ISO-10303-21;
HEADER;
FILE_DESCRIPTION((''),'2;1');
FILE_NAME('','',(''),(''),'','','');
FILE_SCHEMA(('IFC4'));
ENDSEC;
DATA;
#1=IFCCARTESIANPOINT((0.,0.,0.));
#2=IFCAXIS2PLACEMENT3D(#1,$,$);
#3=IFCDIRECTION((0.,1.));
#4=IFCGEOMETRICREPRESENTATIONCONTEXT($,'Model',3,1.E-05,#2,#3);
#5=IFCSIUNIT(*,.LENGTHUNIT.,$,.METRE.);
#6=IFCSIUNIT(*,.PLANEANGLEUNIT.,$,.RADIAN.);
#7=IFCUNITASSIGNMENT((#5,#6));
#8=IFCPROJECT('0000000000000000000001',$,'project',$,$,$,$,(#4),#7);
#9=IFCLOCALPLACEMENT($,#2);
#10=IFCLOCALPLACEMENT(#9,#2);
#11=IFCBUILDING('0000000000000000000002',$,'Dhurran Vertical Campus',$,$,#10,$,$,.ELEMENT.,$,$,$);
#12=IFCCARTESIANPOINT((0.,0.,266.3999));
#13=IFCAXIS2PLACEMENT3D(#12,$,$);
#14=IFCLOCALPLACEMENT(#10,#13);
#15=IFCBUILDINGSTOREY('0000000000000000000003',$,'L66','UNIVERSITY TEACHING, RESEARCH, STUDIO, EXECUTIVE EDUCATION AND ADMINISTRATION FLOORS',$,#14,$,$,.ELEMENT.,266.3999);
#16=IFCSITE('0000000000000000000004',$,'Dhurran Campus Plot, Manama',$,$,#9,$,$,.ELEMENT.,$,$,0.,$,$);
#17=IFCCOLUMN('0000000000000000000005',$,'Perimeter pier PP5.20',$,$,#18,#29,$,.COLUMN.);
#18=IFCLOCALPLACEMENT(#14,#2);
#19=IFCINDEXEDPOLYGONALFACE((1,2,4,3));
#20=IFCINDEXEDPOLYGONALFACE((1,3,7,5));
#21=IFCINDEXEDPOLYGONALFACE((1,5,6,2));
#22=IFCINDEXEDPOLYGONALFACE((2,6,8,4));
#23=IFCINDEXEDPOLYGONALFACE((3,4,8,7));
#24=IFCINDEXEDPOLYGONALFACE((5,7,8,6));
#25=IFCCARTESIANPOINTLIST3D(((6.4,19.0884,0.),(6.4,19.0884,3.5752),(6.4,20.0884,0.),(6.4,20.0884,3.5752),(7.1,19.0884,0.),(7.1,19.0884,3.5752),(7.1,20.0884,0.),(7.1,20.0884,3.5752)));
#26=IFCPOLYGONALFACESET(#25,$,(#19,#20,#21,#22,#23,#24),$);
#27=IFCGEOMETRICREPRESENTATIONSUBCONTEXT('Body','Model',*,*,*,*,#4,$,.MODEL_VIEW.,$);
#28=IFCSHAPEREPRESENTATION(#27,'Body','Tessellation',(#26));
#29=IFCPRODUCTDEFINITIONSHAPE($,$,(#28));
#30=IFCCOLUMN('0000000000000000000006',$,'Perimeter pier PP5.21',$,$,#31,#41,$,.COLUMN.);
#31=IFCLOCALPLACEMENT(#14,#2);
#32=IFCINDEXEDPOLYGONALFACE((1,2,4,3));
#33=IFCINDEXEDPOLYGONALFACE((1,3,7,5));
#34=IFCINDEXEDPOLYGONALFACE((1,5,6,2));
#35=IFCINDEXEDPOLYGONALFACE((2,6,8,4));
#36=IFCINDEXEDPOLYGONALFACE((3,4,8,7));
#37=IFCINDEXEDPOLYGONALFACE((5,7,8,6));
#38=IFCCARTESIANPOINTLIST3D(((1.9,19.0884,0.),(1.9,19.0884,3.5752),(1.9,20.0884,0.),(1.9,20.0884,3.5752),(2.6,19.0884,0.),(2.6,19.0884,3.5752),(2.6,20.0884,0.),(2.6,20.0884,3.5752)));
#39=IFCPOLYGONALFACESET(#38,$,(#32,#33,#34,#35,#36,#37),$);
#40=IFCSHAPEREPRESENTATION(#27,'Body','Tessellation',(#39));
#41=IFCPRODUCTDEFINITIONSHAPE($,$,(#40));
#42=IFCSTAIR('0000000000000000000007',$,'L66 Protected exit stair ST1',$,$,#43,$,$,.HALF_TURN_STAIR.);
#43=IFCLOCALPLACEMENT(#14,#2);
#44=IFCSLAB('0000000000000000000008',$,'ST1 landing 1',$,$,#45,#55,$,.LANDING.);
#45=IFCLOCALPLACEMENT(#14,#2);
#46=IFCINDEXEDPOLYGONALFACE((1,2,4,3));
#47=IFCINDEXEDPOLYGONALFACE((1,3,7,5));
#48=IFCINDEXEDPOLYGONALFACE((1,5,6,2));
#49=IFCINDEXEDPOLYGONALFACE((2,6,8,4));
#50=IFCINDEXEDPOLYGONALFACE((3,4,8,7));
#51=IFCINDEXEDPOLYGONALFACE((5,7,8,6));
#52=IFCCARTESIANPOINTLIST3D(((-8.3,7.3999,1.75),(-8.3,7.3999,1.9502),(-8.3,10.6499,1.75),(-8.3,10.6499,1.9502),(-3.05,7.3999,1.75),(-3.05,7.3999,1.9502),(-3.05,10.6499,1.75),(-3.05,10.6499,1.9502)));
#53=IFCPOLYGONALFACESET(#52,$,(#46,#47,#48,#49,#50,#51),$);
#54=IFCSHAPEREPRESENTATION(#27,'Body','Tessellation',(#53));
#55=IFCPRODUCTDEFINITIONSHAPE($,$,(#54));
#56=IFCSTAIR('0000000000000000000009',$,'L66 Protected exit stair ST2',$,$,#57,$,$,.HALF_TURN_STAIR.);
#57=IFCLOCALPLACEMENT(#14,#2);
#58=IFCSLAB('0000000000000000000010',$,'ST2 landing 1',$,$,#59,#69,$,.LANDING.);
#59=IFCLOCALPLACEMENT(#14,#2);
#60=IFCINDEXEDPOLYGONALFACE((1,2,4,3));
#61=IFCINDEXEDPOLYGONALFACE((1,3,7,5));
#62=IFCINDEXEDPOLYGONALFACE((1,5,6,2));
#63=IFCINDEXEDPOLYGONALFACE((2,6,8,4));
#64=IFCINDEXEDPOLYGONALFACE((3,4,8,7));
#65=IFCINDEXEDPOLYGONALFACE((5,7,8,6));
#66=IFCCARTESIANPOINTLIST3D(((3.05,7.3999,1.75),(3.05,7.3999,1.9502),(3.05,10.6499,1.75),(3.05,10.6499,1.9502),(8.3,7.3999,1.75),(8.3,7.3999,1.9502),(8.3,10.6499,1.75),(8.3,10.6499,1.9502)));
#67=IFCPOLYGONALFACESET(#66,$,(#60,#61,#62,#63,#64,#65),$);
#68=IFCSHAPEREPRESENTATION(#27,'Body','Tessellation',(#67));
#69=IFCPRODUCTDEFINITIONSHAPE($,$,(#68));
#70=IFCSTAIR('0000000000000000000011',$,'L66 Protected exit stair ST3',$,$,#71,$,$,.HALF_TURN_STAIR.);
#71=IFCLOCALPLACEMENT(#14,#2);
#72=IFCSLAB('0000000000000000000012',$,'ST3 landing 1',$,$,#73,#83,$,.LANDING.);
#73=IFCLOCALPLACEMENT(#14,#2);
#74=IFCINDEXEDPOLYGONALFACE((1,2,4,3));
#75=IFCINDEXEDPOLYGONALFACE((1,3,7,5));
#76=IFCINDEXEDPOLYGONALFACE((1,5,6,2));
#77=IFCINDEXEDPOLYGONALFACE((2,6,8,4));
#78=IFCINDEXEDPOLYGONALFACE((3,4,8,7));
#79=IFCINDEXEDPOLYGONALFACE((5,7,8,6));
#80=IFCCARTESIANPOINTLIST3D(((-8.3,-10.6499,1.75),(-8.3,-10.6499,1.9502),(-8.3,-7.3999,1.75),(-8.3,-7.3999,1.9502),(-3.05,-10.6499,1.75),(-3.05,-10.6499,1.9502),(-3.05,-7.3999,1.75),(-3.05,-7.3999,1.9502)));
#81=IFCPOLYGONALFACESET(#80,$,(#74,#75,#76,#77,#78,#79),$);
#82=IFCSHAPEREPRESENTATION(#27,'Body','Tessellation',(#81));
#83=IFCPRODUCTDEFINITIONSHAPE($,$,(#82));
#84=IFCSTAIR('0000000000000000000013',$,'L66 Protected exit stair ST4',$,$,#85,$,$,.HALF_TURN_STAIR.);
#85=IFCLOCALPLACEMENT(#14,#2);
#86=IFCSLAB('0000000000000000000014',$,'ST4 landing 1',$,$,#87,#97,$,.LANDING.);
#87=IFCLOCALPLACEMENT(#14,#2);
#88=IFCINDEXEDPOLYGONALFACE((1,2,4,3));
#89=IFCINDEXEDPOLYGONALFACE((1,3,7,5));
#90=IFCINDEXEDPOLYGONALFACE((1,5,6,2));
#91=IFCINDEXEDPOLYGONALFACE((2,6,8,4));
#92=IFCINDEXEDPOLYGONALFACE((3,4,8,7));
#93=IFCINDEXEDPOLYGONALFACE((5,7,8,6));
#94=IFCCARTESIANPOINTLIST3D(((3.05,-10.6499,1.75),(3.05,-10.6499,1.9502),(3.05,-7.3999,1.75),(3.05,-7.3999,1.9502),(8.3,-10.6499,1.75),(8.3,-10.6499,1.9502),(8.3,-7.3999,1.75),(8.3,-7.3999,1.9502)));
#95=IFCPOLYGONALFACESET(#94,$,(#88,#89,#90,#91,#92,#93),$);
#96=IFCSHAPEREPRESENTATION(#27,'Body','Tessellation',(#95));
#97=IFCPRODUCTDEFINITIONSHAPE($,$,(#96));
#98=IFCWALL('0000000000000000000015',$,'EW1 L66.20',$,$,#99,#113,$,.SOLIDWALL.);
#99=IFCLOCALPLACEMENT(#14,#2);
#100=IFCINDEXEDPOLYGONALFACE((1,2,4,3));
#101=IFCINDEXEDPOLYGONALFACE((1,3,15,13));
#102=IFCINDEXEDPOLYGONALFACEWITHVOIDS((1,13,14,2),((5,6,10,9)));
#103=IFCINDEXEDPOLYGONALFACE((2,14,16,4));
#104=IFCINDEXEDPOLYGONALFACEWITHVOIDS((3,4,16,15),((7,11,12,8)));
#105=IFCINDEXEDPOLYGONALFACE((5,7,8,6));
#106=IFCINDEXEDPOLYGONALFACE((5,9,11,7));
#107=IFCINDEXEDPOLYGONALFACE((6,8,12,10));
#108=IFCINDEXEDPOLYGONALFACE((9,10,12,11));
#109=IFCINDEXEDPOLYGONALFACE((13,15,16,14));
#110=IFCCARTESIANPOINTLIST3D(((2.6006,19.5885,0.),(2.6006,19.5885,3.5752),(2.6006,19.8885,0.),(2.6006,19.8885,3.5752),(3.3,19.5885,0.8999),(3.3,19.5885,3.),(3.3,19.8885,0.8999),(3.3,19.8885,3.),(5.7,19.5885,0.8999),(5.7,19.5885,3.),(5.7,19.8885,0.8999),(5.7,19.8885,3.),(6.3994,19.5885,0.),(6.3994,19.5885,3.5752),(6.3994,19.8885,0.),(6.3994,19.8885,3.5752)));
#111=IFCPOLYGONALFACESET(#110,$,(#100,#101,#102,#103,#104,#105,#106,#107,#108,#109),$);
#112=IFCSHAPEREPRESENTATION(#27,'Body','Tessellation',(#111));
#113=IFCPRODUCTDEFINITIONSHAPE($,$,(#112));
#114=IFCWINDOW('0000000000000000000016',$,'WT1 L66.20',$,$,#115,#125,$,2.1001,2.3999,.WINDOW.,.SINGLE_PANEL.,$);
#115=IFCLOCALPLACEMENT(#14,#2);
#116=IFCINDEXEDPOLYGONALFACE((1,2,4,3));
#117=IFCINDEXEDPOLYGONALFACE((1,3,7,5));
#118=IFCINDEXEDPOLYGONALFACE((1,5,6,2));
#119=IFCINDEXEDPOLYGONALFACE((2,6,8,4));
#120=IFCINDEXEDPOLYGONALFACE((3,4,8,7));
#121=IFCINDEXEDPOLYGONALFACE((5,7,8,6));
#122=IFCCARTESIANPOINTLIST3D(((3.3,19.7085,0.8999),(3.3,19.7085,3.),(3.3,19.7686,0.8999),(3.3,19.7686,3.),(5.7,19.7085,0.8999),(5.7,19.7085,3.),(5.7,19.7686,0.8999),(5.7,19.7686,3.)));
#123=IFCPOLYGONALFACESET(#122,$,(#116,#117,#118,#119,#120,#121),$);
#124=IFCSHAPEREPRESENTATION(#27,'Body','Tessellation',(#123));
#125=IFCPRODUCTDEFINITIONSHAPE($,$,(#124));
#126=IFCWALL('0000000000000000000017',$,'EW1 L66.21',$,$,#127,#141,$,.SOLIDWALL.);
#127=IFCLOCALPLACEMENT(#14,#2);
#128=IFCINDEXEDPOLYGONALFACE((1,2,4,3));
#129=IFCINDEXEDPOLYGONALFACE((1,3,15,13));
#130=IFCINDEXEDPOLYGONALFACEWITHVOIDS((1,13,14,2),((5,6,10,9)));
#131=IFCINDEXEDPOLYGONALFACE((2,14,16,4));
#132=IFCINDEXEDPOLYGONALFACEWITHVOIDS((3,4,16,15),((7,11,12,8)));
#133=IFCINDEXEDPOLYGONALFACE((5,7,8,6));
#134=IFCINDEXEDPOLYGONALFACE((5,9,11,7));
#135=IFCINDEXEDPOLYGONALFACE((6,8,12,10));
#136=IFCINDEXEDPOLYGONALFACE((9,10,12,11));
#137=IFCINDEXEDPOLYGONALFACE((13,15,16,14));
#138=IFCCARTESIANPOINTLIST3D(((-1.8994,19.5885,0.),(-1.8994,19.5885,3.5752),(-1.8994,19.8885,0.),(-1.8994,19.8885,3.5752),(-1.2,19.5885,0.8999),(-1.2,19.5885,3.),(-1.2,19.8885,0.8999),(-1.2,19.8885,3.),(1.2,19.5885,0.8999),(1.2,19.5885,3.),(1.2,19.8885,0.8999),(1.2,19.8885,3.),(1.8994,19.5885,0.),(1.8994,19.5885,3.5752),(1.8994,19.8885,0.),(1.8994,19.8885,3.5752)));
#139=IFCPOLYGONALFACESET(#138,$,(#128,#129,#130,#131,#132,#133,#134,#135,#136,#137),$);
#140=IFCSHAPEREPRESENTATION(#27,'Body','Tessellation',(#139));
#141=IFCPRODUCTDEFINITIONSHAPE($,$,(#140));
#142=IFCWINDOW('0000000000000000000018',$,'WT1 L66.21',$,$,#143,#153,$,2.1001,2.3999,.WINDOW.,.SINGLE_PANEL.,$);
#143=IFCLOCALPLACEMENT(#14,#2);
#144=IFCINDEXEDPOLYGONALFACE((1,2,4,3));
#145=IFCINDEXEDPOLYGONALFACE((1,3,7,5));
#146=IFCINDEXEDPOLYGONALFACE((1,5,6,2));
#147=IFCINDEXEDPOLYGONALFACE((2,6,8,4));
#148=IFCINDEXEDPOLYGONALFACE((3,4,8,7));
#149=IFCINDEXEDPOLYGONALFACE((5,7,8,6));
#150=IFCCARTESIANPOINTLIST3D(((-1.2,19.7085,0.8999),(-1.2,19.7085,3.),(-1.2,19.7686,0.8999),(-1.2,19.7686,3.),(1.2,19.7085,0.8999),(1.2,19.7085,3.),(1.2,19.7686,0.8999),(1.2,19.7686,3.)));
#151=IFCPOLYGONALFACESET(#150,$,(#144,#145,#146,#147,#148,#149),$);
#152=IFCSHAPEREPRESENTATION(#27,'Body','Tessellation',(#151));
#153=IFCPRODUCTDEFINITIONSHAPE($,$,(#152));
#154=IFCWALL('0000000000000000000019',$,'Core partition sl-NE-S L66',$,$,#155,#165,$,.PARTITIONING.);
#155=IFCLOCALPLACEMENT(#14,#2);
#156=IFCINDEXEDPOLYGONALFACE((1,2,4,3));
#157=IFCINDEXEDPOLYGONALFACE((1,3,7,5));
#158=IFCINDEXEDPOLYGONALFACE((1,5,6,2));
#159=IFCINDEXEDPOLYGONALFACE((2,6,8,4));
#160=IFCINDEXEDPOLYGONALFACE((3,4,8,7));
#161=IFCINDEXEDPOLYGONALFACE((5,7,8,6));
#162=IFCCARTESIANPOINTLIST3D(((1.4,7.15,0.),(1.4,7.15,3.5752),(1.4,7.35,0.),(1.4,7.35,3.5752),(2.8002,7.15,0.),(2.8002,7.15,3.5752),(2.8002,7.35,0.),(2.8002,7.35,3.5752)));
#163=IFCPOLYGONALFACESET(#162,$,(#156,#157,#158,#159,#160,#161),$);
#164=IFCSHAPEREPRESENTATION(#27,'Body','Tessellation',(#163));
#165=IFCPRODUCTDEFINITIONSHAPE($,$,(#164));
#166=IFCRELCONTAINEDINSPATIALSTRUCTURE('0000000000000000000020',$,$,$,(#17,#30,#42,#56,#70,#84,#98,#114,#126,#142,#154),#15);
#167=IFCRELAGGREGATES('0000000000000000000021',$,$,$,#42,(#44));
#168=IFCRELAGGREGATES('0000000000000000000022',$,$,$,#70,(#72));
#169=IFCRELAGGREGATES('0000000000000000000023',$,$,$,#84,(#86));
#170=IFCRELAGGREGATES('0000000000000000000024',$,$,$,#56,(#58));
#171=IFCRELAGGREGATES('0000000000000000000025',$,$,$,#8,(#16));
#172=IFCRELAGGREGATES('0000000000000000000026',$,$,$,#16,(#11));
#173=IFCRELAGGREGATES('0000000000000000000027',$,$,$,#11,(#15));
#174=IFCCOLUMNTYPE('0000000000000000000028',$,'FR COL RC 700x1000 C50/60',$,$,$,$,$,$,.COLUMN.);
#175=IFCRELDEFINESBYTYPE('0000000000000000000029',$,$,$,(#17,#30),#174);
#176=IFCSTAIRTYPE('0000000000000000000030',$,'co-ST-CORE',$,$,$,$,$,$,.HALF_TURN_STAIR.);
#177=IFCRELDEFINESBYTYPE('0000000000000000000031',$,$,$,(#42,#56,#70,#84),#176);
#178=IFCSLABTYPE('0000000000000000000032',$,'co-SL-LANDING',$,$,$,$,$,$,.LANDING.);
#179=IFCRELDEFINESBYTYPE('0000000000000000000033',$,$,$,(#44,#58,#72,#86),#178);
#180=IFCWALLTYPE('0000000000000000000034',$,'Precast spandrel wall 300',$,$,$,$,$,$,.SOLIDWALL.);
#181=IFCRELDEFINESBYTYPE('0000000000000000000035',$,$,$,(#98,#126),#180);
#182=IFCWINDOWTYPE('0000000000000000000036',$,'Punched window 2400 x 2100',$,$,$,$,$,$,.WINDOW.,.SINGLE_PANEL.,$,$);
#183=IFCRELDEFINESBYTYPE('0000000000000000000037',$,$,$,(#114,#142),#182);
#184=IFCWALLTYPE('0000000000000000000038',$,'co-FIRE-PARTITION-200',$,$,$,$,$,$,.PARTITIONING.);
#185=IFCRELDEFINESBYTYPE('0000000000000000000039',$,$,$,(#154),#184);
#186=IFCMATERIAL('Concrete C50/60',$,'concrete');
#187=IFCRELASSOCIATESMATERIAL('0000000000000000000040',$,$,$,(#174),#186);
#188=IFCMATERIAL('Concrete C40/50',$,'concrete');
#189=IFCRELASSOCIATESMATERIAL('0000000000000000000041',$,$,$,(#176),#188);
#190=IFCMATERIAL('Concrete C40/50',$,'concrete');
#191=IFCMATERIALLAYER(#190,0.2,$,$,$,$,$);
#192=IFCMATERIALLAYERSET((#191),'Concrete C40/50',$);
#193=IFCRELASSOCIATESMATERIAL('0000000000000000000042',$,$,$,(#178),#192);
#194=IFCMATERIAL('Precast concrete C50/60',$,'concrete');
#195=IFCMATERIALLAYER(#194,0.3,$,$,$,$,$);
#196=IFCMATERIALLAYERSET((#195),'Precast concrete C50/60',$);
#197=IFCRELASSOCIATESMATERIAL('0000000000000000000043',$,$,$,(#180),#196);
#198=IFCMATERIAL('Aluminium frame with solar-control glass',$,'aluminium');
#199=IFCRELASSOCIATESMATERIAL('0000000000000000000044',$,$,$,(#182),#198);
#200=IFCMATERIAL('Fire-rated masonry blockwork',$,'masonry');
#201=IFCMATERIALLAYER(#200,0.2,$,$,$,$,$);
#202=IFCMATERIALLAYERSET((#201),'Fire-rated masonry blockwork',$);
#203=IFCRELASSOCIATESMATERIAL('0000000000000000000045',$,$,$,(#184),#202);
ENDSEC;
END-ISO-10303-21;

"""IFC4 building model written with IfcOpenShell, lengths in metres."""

from ifc_helpers import new_model, si_unit, direction, frame, frame_2d, origin, origin_2d, place, context, subcontext, project, spatial, polyline, rectangle, outline, extrude, material, layer, layer_set, material_profile, profile_set, type_object, element, fill, aggregate, save


model = new_model("IFC4")

# Units and contexts
model_context = context("Model", 3, precision=1e-05, world=origin(), true_north=direction((0.0, 1.0)))
body_context = subcontext(model_context, "Body", "Model", "MODEL_VIEW")
ifc_project = project(units=[si_unit("LENGTHUNIT", "METRE"), si_unit("PLANEANGLEUNIT", "RADIAN")], contexts=[model_context])

# Site, building, storey
site_placement = place(None, origin())
site = spatial("IfcSite", under=ifc_project, at=site_placement, Name="Dhurran Campus Plot, Manama", CompositionType="ELEMENT", RefElevation=0.0)
building_placement = place(site_placement, origin())
building = spatial("IfcBuilding", under=site, at=building_placement, Name="Dhurran Vertical Campus", CompositionType="ELEMENT")
storey_placement = place(building_placement, frame((0.0, 0.0, 266.3999)))
storey = spatial("IfcBuildingStorey", under=building, at=storey_placement, Name="L66", Description="UNIVERSITY TEACHING, RESEARCH, STUDIO, EXECUTIVE EDUCATION AND ADMINISTRATION FLOORS", CompositionType="ELEMENT", Elevation=266.3999)

# Columns
ifc_material_1 = material(Name="Concrete C50/60", Category="concrete")
ifc_material_profile = material_profile(ifc_material_1, rectangle(XDim=0.7, YDim=1.0, at=origin_2d()), Name="RC 700x1000")
ifc_profile_set = profile_set([ifc_material_profile], Name="Concrete C50/60")
column_type = type_object("IfcColumnType", Name="FR COL RC 700x1000 C50/60", PredefinedType="COLUMN", material=ifc_profile_set)
for number, where, z_axis, x_axis, name in (
    (1, (6.75, 19.5884, 0.0), (0.0, 0.0, 1.0), (-1.0, 0.0, 0.0), "Perimeter pier PP5.20"),
    (2, (2.25, 19.5884, 0.0), (0.0, 0.0, 1.0), (-1.0, 0.0, 0.0), "Perimeter pier PP5.21"),
):
    element("IfcColumn", number, at=place(storey_placement, frame(where, z_axis=z_axis, x_axis=x_axis)), inside=storey, type_object=column_type, Name=name, PredefinedType="COLUMN", context=body_context, shape_type="SweptSolid", body=[
        extrude(rectangle(XDim=0.7, YDim=1.0, at=origin_2d()), origin(), (0.0, 0.0, 1.0), 3.5752),
    ])

# Stairs, slabs
ifc_material_2 = material(Name="Concrete C40/50", Category="concrete")
stair_type = type_object("IfcStairType", Name="co-ST-CORE", PredefinedType="HALF_TURN_STAIR", material=ifc_material_2)
stair_1_placement = place(storey_placement, origin())
stair_1 = element("IfcStair", 3, at=stair_1_placement, inside=storey, type_object=stair_type, Name="L66 Protected exit stair ST1", PredefinedType="HALF_TURN_STAIR")
ifc_material_3 = material(Name="Concrete C40/50", Category="concrete")
ifc_layer_1 = layer(ifc_material_3, 0.2)
ifc_layer_set_1 = layer_set([ifc_layer_1], Name="Concrete C40/50")
slab_type = type_object("IfcSlabType", Name="co-SL-LANDING", PredefinedType="LANDING", material=ifc_layer_set_1)
slab_1_placement = place(storey_placement, frame((0.0, 0.0, 1.75)))
slab_1 = element("IfcSlab", 4, at=slab_1_placement, type_object=slab_type, Name="ST1 landing 1", PredefinedType="LANDING", context=body_context, shape_type="SweptSolid", body=[
    extrude(outline(polyline([(-8.3, 7.3999), (-3.05, 7.3999), (-3.05, 10.6499), (-8.3, 10.6499), (-8.3, 7.3999)])), origin(), (0.0, 0.0, 1.0), 0.2002),
])
aggregate(stair_1, [slab_1])
stair_2_placement = place(storey_placement, origin())
stair_2 = element("IfcStair", 5, at=stair_2_placement, inside=storey, type_object=stair_type, Name="L66 Protected exit stair ST2", PredefinedType="HALF_TURN_STAIR")
slab_2_placement = place(storey_placement, frame((0.0, 0.0, 1.75)))
slab_2 = element("IfcSlab", 6, at=slab_2_placement, type_object=slab_type, Name="ST2 landing 1", PredefinedType="LANDING", context=body_context, shape_type="SweptSolid", body=[
    extrude(outline(polyline([(8.3, 10.6499), (3.05, 10.6499), (3.05, 7.3999), (8.3, 7.3999), (8.3, 10.6499)])), origin(), (0.0, 0.0, 1.0), 0.2002),
])
stair_3_placement = place(storey_placement, origin())
stair_3 = element("IfcStair", 7, at=stair_3_placement, inside=storey, type_object=stair_type, Name="L66 Protected exit stair ST3", PredefinedType="HALF_TURN_STAIR")
slab_3_placement = place(storey_placement, frame((0.0, 0.0, 1.75)))
slab_3 = element("IfcSlab", 8, at=slab_3_placement, type_object=slab_type, Name="ST3 landing 1", PredefinedType="LANDING", context=body_context, shape_type="SweptSolid", body=[
    extrude(outline(polyline([(-8.3, -10.6499), (-3.05, -10.6499), (-3.05, -7.3999), (-8.3, -7.3999), (-8.3, -10.6499)])), origin(), (0.0, 0.0, 1.0), 0.2002),
])
aggregate(stair_3, [slab_3])
stair_4_placement = place(storey_placement, origin())
stair_4 = element("IfcStair", 9, at=stair_4_placement, inside=storey, type_object=stair_type, Name="L66 Protected exit stair ST4", PredefinedType="HALF_TURN_STAIR")
slab_4_placement = place(storey_placement, frame((0.0, 0.0, 1.75)))
slab_4 = element("IfcSlab", 10, at=slab_4_placement, type_object=slab_type, Name="ST4 landing 1", PredefinedType="LANDING", context=body_context, shape_type="SweptSolid", body=[
    extrude(outline(polyline([(8.3, -7.3999), (3.05, -7.3999), (3.05, -10.6499), (8.3, -10.6499), (8.3, -7.3999)])), origin(), (0.0, 0.0, 1.0), 0.2002),
])
aggregate(stair_4, [slab_4])

# Walls, openings, windows
ifc_material_4 = material(Name="Precast concrete C50/60", Category="concrete")
ifc_layer_2 = layer(ifc_material_4, 0.3)
ifc_layer_set_2 = layer_set([ifc_layer_2], Name="Precast concrete C50/60")
wall_type_1 = type_object("IfcWallType", Name="Precast spandrel wall 300", PredefinedType="SOLIDWALL", material=ifc_layer_set_2)
wall_1_placement = place(storey_placement, frame((6.3994, 19.7385, 0.0), z_axis=(0.0, 0.0, 1.0), x_axis=(-1.0, 0.0, 0.0)))
wall_1 = element("IfcWall", 11, at=wall_1_placement, inside=storey, type_object=wall_type_1, Name="EW1 L66.20", PredefinedType="SOLIDWALL", context=body_context, shape_type="SweptSolid", body=[
    extrude(rectangle(XDim=3.7988, YDim=0.3, at=frame_2d((1.8994, 0.0))), origin(), (0.0, 0.0, 1.0), 3.5752),
])
opening_1_placement = place(wall_1_placement, frame((0.6995, 0.0, 0.8999)))
opening_1 = element("IfcOpeningElement", 12, at=opening_1_placement, cuts=wall_1, PredefinedType="OPENING", context=body_context, shape_type="SweptSolid", body=[
    extrude(rectangle(XDim=2.3999, YDim=2.1001, at=frame_2d((1.2, 1.05))), frame((0.0, 0.1599, 0.0), z_axis=(0.0, -1.0, 0.0), x_axis=(1.0, 0.0, 0.0)), (0.0, 0.0, 1.0), 0.3201),
])
ifc_material_5 = material(Name="Aluminium frame with solar-control glass", Category="aluminium")
window_type = type_object("IfcWindowType", Name="Punched window 2400 x 2100", PartitioningType="SINGLE_PANEL", PredefinedType="WINDOW", material=ifc_material_5)
window_1_placement = place(opening_1_placement, origin())
window_1 = element("IfcWindow", 13, at=window_1_placement, inside=storey, type_object=window_type, Name="WT1 L66.20", OverallHeight=2.1001, OverallWidth=2.3999, PartitioningType="SINGLE_PANEL", PredefinedType="WINDOW", context=body_context, shape_type="SweptSolid", body=[
    extrude(rectangle(XDim=2.3999, YDim=2.1001, at=frame_2d((1.2, 1.05))), frame((0.0, 0.03, 0.0), z_axis=(0.0, -1.0, 0.0), x_axis=(1.0, 0.0, 0.0)), (0.0, 0.0, 1.0), 0.0601),
])
fill(opening_1, window_1)
wall_2_placement = place(storey_placement, frame((1.8994, 19.7385, 0.0), z_axis=(0.0, 0.0, 1.0), x_axis=(-1.0, 0.0, 0.0)))
wall_2 = element("IfcWall", 14, at=wall_2_placement, inside=storey, type_object=wall_type_1, Name="EW1 L66.21", PredefinedType="SOLIDWALL", context=body_context, shape_type="SweptSolid", body=[
    extrude(rectangle(XDim=3.7988, YDim=0.3, at=frame_2d((1.8994, 0.0))), origin(), (0.0, 0.0, 1.0), 3.5752),
])
opening_2_placement = place(wall_2_placement, frame((0.6995, 0.0, 0.8999)))
opening_2 = element("IfcOpeningElement", 15, at=opening_2_placement, cuts=wall_2, PredefinedType="OPENING", context=body_context, shape_type="SweptSolid", body=[
    extrude(rectangle(XDim=2.3999, YDim=2.1001, at=frame_2d((1.2, 1.05))), frame((0.0, 0.1599, 0.0), z_axis=(0.0, -1.0, 0.0), x_axis=(1.0, 0.0, 0.0)), (0.0, 0.0, 1.0), 0.3201),
])
window_2_placement = place(opening_2_placement, origin())
window_2 = element("IfcWindow", 16, at=window_2_placement, inside=storey, type_object=window_type, Name="WT1 L66.21", OverallHeight=2.1001, OverallWidth=2.3999, PartitioningType="SINGLE_PANEL", PredefinedType="WINDOW", context=body_context, shape_type="SweptSolid", body=[
    extrude(rectangle(XDim=2.3999, YDim=2.1001, at=frame_2d((1.2, 1.05))), frame((0.0, 0.03, 0.0), z_axis=(0.0, -1.0, 0.0), x_axis=(1.0, 0.0, 0.0)), (0.0, 0.0, 1.0), 0.0601),
])
fill(opening_2, window_2)

# Wall
ifc_material_6 = material(Name="Fire-rated masonry blockwork", Category="masonry")
ifc_layer_3 = layer(ifc_material_6, 0.2)
ifc_layer_set_3 = layer_set([ifc_layer_3], Name="Fire-rated masonry blockwork")
wall_type_2 = type_object("IfcWallType", Name="co-FIRE-PARTITION-200", PredefinedType="PARTITIONING", material=ifc_layer_set_3)
wall_3_placement = place(storey_placement, frame((1.3999, 7.25, 0.0), z_axis=(0.0, 0.0, 1.0), x_axis=(1.0, 0.0, 0.0)))
element("IfcWall", 17, at=wall_3_placement, inside=storey, type_object=wall_type_2, Name="Core partition sl-NE-S L66", PredefinedType="PARTITIONING", context=body_context, shape_type="SweptSolid", body=[
    extrude(rectangle(XDim=1.4001, YDim=0.2, at=frame_2d((0.7002, 0.0))), origin(), (0.0, 0.0, 1.0), 3.5752),
])

aggregate(stair_2, [slab_2])

save(model, "model.ifc")
